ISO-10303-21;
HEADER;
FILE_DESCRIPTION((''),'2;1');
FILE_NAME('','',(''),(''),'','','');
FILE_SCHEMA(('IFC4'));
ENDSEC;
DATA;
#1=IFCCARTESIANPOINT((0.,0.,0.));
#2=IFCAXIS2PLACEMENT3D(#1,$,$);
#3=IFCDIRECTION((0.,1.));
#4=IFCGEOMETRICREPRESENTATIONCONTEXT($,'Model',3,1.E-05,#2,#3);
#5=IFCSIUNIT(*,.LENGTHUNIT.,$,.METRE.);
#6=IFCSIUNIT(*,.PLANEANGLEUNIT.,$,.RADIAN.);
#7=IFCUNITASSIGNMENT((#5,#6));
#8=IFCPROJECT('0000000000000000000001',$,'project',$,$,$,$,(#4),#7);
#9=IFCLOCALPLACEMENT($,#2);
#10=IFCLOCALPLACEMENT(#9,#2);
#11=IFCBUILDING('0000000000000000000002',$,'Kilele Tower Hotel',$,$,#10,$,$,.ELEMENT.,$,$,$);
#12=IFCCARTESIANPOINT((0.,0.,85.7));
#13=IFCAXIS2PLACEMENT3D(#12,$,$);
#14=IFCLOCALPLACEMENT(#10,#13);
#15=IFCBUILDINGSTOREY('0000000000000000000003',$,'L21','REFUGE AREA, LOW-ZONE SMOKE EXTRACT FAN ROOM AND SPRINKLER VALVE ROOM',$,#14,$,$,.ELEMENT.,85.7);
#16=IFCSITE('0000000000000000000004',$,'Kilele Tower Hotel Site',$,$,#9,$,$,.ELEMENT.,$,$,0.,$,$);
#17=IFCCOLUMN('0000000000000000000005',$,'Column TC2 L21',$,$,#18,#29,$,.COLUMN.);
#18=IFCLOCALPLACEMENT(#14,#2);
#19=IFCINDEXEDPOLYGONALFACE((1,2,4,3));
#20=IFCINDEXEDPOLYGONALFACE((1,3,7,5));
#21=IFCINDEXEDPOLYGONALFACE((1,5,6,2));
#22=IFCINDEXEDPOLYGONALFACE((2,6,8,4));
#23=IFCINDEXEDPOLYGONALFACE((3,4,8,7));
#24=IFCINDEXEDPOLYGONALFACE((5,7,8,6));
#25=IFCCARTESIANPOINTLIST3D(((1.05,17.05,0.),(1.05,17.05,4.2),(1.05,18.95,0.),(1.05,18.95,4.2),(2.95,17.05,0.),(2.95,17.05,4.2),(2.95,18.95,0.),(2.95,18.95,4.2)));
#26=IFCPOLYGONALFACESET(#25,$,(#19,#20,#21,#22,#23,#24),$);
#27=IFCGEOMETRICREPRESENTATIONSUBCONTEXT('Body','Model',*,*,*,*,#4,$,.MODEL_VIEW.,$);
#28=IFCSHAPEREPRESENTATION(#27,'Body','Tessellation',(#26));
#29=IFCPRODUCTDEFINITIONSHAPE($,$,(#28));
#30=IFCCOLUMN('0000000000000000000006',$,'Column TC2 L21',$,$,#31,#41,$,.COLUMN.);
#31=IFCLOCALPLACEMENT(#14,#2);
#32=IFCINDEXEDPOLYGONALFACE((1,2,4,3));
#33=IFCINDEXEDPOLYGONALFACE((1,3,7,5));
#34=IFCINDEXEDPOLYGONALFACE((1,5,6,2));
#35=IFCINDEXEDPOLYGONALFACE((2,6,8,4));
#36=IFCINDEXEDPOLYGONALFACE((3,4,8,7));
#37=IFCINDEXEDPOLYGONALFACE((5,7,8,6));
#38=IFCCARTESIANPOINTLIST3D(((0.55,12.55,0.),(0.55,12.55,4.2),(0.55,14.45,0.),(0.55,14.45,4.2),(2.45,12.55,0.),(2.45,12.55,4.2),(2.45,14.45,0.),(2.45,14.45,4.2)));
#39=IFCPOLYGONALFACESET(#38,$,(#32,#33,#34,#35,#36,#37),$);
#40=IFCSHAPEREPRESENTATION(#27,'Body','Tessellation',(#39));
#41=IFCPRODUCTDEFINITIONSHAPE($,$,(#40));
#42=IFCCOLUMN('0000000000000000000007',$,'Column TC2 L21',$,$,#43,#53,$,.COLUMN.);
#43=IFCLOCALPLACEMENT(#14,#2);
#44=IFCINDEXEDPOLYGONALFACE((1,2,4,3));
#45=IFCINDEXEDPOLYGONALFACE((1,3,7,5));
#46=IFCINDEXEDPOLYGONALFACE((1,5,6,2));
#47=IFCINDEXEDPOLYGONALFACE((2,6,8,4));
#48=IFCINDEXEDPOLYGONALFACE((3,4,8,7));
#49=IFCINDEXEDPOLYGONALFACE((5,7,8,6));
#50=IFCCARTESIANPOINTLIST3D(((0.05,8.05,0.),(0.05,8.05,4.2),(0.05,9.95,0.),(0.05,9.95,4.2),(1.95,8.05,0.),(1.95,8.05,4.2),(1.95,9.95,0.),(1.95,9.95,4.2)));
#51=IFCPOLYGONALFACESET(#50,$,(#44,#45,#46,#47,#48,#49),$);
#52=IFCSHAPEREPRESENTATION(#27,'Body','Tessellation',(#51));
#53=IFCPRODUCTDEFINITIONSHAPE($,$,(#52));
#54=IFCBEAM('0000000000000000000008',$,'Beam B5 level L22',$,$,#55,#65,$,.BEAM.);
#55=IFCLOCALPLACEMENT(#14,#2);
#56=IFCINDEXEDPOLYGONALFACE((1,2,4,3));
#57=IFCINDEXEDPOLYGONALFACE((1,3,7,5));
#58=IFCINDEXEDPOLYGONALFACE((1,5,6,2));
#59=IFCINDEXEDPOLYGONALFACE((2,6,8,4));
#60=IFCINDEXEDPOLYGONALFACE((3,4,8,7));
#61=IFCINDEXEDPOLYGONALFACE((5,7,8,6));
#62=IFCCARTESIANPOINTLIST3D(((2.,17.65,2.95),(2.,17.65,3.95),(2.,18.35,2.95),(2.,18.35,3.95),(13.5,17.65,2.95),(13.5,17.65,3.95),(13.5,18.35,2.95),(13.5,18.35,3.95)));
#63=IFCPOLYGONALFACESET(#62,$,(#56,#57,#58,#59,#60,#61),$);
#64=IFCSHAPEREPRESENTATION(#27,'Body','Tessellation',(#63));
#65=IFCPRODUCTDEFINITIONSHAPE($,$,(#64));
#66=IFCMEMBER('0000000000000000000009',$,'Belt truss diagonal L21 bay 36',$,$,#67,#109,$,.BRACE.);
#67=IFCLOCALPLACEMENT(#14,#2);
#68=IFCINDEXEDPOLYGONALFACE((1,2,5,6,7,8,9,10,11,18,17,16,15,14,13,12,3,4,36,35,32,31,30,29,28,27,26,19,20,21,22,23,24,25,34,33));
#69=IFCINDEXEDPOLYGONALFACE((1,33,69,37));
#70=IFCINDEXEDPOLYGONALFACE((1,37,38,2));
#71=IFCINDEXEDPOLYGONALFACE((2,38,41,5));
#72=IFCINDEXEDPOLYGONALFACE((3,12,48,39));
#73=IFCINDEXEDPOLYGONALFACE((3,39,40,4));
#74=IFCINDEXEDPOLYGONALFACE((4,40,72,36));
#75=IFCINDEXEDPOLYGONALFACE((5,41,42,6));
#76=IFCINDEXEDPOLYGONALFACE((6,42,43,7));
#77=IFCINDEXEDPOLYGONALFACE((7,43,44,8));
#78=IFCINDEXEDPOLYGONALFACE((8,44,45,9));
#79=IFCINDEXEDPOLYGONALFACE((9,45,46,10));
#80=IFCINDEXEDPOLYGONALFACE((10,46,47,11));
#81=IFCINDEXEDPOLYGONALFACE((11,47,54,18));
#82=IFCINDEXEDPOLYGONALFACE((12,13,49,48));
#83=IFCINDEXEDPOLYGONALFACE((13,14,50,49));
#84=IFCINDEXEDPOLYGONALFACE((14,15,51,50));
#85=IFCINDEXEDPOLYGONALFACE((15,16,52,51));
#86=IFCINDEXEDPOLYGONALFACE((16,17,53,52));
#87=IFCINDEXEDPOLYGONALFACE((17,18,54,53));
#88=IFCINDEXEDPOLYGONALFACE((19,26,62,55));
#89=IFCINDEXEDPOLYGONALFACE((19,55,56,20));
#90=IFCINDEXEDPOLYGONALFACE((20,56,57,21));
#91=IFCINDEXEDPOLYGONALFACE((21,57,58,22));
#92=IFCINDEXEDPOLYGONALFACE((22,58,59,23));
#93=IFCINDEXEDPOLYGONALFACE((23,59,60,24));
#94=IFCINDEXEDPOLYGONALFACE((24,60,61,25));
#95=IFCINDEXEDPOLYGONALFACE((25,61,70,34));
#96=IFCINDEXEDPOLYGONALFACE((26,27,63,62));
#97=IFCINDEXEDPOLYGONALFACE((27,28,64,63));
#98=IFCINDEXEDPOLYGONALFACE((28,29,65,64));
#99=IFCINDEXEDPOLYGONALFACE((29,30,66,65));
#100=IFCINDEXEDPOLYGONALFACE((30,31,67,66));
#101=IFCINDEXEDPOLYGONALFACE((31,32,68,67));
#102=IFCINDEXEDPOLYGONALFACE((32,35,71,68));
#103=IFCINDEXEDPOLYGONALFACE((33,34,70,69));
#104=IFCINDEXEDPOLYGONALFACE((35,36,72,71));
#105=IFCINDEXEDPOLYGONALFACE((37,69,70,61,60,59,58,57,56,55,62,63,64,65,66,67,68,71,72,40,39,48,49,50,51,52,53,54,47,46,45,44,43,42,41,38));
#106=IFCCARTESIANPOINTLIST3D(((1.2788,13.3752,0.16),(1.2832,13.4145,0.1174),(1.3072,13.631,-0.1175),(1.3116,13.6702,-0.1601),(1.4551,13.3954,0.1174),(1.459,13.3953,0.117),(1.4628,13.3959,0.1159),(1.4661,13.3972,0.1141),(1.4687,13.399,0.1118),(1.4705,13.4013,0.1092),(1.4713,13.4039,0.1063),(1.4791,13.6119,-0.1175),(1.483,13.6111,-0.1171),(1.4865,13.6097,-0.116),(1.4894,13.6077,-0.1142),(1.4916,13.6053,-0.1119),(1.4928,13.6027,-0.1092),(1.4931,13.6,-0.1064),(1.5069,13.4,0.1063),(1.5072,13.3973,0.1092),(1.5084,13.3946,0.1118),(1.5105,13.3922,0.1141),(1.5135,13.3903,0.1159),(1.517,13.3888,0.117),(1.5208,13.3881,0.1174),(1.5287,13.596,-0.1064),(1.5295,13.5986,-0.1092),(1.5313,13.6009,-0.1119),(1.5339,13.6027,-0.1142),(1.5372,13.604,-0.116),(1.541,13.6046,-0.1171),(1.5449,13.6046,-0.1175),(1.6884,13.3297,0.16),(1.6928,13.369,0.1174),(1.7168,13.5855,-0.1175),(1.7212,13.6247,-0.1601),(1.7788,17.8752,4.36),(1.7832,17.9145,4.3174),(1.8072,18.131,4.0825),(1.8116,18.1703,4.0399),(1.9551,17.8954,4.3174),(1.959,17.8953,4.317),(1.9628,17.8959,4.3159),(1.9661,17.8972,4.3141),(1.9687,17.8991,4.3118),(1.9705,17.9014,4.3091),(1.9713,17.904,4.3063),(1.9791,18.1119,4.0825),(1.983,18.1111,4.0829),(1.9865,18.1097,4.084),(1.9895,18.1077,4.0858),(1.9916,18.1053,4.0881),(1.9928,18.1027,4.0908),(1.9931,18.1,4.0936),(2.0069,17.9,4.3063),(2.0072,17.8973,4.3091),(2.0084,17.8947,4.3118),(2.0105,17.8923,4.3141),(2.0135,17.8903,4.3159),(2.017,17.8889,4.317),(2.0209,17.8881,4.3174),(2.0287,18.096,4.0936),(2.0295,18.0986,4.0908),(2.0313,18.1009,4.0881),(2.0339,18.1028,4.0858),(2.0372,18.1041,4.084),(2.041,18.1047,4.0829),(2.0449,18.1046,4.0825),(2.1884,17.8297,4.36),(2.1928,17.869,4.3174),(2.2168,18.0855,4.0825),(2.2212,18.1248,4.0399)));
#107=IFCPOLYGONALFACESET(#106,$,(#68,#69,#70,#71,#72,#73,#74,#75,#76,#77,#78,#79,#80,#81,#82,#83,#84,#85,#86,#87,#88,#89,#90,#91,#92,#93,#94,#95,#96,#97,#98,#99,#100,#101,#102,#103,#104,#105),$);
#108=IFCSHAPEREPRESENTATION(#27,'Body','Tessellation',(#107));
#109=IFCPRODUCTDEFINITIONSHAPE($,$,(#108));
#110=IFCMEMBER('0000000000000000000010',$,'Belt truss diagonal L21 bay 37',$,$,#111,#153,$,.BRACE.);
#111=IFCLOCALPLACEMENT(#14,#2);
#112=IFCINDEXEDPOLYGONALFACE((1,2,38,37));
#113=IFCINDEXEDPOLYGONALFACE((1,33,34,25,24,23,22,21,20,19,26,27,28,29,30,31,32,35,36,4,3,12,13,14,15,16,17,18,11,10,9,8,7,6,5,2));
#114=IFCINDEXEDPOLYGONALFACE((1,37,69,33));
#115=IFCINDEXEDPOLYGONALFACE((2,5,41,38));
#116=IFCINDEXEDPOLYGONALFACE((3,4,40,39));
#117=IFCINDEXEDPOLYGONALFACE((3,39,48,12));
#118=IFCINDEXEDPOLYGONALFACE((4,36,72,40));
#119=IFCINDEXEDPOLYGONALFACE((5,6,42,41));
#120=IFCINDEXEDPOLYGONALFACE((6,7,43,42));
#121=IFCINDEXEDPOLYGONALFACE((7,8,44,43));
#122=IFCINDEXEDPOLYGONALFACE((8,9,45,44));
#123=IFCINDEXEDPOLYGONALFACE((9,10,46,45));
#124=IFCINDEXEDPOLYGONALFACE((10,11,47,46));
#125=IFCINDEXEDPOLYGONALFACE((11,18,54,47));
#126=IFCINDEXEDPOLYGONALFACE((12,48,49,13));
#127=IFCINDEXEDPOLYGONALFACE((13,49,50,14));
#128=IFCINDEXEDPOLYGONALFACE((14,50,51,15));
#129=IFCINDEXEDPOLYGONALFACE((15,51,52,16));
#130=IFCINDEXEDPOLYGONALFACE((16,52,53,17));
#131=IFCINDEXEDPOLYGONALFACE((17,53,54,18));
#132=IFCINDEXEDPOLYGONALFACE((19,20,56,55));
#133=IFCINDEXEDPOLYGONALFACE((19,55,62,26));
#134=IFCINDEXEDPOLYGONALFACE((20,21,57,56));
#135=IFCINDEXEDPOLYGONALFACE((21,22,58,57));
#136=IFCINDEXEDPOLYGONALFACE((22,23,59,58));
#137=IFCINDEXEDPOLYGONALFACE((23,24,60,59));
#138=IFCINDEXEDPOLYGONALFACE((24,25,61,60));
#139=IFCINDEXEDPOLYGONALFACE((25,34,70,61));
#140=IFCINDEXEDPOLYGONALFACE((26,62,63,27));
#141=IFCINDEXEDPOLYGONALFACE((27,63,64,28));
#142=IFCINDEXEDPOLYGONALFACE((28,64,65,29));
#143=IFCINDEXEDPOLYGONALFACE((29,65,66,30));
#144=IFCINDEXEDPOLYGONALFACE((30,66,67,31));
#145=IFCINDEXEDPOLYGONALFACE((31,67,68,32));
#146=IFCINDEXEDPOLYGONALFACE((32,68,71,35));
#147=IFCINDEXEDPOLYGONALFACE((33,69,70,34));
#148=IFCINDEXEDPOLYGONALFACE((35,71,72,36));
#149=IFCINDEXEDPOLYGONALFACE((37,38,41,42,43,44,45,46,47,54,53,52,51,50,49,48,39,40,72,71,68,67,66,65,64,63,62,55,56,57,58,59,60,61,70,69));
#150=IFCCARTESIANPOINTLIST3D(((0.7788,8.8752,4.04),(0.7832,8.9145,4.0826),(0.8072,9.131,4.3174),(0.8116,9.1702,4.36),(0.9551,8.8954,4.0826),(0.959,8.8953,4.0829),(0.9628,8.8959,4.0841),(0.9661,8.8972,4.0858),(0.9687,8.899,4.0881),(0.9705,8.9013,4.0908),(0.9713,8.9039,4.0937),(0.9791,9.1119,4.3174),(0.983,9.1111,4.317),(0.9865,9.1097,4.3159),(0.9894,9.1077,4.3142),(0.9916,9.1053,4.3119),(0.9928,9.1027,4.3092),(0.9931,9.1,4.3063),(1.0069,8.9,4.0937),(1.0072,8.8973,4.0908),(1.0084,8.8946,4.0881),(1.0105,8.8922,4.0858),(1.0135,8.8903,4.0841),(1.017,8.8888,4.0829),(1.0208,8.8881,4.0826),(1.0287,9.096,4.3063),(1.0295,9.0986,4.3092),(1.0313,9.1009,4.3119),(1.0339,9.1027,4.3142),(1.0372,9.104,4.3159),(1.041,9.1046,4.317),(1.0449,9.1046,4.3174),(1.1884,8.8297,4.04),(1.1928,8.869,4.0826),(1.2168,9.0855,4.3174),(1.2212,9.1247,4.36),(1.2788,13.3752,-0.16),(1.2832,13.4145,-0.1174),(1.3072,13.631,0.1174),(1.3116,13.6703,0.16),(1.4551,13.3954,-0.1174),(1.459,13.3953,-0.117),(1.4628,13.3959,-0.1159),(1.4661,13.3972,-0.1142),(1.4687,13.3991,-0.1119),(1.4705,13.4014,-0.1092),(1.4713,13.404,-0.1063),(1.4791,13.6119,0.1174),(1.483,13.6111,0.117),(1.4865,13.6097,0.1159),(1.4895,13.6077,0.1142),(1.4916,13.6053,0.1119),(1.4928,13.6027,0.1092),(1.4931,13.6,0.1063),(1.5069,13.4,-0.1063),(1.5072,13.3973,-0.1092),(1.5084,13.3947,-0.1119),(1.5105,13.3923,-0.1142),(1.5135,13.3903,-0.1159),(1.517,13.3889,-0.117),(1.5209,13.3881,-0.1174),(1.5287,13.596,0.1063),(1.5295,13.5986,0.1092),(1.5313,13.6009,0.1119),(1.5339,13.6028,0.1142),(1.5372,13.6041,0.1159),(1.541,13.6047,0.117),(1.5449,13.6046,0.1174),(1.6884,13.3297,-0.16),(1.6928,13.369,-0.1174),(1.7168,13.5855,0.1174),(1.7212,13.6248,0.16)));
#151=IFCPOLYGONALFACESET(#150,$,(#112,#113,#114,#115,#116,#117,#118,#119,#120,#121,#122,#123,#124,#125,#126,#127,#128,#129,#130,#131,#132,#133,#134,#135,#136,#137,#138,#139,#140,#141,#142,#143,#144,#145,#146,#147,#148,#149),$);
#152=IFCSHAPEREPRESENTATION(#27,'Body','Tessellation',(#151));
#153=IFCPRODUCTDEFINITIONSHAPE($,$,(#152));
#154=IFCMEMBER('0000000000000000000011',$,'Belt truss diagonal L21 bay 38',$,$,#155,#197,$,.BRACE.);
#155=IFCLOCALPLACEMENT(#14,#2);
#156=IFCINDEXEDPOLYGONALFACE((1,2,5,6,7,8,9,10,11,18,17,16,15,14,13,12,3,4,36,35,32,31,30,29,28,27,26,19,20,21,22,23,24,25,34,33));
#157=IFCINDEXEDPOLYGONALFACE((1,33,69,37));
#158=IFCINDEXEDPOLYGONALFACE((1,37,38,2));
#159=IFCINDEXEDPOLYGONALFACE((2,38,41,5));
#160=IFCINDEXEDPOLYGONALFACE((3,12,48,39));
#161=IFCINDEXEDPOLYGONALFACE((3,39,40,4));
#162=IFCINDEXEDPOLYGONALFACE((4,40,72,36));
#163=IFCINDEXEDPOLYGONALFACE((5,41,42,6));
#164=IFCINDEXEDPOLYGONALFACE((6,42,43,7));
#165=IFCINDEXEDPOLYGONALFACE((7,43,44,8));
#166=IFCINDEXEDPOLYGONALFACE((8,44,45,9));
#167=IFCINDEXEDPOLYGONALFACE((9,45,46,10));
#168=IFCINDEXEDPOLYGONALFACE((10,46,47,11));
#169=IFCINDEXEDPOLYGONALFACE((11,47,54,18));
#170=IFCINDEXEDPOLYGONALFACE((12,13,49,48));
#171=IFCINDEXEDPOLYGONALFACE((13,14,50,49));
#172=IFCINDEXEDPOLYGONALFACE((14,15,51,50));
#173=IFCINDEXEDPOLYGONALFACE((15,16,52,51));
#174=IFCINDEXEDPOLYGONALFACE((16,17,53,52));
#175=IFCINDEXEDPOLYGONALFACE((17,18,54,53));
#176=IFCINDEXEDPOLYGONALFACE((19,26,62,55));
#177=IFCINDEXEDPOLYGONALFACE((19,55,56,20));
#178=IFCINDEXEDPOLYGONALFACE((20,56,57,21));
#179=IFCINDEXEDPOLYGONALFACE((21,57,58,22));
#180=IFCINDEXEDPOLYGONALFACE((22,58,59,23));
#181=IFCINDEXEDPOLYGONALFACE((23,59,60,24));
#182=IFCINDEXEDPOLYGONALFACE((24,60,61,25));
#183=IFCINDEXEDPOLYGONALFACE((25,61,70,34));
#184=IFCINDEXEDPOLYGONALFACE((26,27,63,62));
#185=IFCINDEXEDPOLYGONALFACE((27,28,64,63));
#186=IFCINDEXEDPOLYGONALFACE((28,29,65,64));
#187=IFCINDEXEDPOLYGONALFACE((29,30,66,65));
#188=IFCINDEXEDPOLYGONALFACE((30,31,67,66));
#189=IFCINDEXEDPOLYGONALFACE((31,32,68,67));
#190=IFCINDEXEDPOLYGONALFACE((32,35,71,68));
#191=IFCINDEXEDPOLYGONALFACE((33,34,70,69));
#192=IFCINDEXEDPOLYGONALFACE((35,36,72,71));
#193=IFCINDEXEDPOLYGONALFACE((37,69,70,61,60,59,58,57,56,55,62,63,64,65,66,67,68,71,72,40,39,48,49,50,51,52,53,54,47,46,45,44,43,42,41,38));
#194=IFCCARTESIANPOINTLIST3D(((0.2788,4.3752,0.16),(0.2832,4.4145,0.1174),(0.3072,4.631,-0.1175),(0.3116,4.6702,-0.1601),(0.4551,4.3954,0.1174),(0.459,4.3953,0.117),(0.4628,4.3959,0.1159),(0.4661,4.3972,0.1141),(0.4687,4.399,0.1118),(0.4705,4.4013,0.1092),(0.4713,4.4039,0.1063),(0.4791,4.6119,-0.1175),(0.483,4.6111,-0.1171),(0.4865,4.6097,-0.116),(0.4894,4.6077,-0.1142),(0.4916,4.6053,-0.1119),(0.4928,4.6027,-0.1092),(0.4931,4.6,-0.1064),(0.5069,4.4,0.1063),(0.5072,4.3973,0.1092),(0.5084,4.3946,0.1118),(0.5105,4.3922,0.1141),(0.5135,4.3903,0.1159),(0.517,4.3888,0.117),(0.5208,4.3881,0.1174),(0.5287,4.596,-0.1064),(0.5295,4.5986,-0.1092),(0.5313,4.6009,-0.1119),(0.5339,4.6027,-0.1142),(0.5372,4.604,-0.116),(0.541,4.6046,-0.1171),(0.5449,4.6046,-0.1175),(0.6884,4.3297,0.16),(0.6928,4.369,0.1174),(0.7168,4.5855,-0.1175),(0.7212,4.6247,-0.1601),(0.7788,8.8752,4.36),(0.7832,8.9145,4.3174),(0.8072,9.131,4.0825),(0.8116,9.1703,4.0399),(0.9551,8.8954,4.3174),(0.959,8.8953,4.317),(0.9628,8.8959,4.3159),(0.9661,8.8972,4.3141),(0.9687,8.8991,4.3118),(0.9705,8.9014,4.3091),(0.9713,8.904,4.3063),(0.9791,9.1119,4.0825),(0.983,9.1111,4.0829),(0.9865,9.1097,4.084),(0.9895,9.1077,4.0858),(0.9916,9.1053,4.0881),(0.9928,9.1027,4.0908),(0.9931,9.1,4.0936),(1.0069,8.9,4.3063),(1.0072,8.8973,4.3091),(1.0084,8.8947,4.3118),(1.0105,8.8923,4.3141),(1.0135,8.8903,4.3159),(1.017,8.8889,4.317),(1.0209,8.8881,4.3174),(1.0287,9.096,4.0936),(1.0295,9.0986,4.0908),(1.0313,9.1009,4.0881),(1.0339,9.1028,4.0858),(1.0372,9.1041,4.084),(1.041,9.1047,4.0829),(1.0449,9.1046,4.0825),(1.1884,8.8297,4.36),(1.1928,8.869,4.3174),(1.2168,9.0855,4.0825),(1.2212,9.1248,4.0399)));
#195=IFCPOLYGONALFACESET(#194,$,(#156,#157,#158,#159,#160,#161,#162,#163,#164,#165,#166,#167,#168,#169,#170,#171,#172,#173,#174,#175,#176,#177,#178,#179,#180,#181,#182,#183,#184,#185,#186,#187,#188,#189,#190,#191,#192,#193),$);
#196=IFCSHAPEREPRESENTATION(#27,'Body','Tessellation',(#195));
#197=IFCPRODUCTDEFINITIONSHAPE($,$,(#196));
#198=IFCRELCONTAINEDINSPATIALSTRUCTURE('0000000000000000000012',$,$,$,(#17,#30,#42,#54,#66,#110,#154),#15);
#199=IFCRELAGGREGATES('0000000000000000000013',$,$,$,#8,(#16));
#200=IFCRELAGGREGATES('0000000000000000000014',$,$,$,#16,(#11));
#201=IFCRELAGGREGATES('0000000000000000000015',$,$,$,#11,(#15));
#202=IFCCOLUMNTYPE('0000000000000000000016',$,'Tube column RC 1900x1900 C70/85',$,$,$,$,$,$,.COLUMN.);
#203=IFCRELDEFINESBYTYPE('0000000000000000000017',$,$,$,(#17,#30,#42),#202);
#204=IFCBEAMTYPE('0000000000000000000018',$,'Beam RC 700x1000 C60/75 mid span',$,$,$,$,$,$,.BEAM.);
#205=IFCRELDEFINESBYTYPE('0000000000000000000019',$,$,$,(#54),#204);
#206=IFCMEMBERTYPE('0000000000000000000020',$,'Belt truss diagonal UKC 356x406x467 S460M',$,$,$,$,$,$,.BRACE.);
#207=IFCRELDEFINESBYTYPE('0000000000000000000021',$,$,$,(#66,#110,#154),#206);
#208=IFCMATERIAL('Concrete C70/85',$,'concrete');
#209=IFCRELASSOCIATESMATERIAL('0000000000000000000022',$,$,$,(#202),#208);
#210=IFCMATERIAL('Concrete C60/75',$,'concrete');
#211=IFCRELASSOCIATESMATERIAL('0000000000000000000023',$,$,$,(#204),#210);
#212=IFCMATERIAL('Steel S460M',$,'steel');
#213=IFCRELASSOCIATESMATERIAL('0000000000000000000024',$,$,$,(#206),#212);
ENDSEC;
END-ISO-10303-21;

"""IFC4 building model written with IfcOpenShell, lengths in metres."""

from ifc_helpers import new_model, si_unit, direction, frame, origin, origin_2d, place, context, subcontext, project, spatial, rectangle, i_section, extrude, material, material_profile, profile_set, type_object, element, save


model = new_model("IFC4")

# Units and contexts
model_context = context("Model", 3, precision=1e-05, world=origin(), true_north=direction((0.0, 1.0)))
body_context = subcontext(model_context, "Body", "Model", "MODEL_VIEW")
ifc_project = project(units=[si_unit("LENGTHUNIT", "METRE"), si_unit("PLANEANGLEUNIT", "RADIAN")], contexts=[model_context])

# Site, building, storey
site_placement = place(None, origin())
site = spatial("IfcSite", under=ifc_project, at=site_placement, Name="Kilele Tower Hotel Site", CompositionType="ELEMENT", RefElevation=0.0)
building_placement = place(site_placement, origin())
building = spatial("IfcBuilding", under=site, at=building_placement, Name="Kilele Tower Hotel", CompositionType="ELEMENT")
storey_placement = place(building_placement, frame((0.0, 0.0, 85.7)))
storey = spatial("IfcBuildingStorey", under=building, at=storey_placement, Name="L21", Description="REFUGE AREA, LOW-ZONE SMOKE EXTRACT FAN ROOM AND SPRINKLER VALVE ROOM", CompositionType="ELEMENT", Elevation=85.7)

# Columns
ifc_material_1 = material(Name="Concrete C70/85", Category="concrete")
ifc_material_profile_1 = material_profile(ifc_material_1, rectangle(XDim=1.8999, YDim=1.8999, at=origin_2d()))
ifc_profile_set_1 = profile_set([ifc_material_profile_1], Name="Concrete C70/85")
column_type = type_object("IfcColumnType", Name="Tube column RC 1900x1900 C70/85", PredefinedType="COLUMN", material=ifc_profile_set_1)
for number, where, z_axis, x_axis, name in (
    (1, (2.0, 18.0, 0.0), (0.0, 0.0, 1.0), (1.0, 0.0, 0.0), "Column TC2 L21"),
    (2, (1.5, 13.5, 0.0), (0.0, 0.0, 1.0), (1.0, 0.0, 0.0), "Column TC2 L21"),
    (3, (1.0, 9.0, 0.0), (0.0, 0.0, 1.0), (1.0, 0.0, 0.0), "Column TC2 L21"),
):
    element("IfcColumn", number, at=place(storey_placement, frame(where, z_axis=z_axis, x_axis=x_axis)), inside=storey, type_object=column_type, Name=name, PredefinedType="COLUMN", context=body_context, shape_type="SweptSolid", body=[
        extrude(rectangle(XDim=1.8999, YDim=1.8999, at=origin_2d()), origin(), (0.0, 0.0, 1.0), 4.2),
    ])

# Beam
ifc_material_2 = material(Name="Concrete C60/75", Category="concrete")
ifc_material_profile_2 = material_profile(ifc_material_2, rectangle(XDim=0.7, YDim=1.0, at=origin_2d()))
ifc_profile_set_2 = profile_set([ifc_material_profile_2], Name="Concrete C60/75")
beam_type_1 = type_object("IfcBeamType", Name="Beam RC 700x1000 C60/75 mid span", PredefinedType="BEAM", material=ifc_profile_set_2)
beam_1_placement = place(storey_placement, frame((2.0, 18.0, 3.45), z_axis=(1.0, 0.0, 0.0), x_axis=(0.0, 1.0, 0.0)))
element("IfcBeam", 4, at=beam_1_placement, inside=storey, type_object=beam_type_1, Name="Beam B5 level L22", PredefinedType="BEAM", context=body_context, shape_type="SweptSolid", body=[
    extrude(rectangle(XDim=0.7, YDim=1.0, at=origin_2d()), origin(), (0.0, 0.0, 1.0), 11.5),
])

# Members
ifc_material_3 = material(Name="Steel S460M", Category="steel")
ifc_material_profile_3 = material_profile(ifc_material_3, i_section(OverallWidth=0.4121, OverallDepth=0.4365, WebThickness=0.0359, FlangeThickness=0.0581, FilletRadius=0.0151, at=origin_2d()))
ifc_profile_set_3 = profile_set([ifc_material_profile_3], Name="Steel S460M")
member_type = type_object("IfcMemberType", Name="Belt truss diagonal UKC 356x406x467 S460M", PredefinedType="BRACE", material=ifc_profile_set_3)
for number, where, z_axis, x_axis, name in (
    (5, (2.0, 18.0, 4.2), (-0.080962, -0.728659, -0.680074), (0.993884, -0.110432, 0.0), "Belt truss diagonal L21 bay 36"),
    (6, (1.5, 13.5, 0.0), (-0.080962, -0.728659, 0.680074), (0.993884, -0.110432, 0.0), "Belt truss diagonal L21 bay 37"),
    (7, (1.0, 9.0, 4.2), (-0.080962, -0.728659, -0.680074), (0.993884, -0.110432, 0.0), "Belt truss diagonal L21 bay 38"),
):
    element("IfcMember", number, at=place(storey_placement, frame(where, z_axis=z_axis, x_axis=x_axis)), inside=storey, type_object=member_type, Name=name, PredefinedType="BRACE", context=body_context, shape_type="SweptSolid", body=[
        extrude(i_section(OverallWidth=0.4121, OverallDepth=0.4365, WebThickness=0.0359, FlangeThickness=0.0581, FilletRadius=0.0151, at=origin_2d()), origin(), (0.0, 0.0, 1.0), 6.1758),
    ])

save(model, "model.ifc")
